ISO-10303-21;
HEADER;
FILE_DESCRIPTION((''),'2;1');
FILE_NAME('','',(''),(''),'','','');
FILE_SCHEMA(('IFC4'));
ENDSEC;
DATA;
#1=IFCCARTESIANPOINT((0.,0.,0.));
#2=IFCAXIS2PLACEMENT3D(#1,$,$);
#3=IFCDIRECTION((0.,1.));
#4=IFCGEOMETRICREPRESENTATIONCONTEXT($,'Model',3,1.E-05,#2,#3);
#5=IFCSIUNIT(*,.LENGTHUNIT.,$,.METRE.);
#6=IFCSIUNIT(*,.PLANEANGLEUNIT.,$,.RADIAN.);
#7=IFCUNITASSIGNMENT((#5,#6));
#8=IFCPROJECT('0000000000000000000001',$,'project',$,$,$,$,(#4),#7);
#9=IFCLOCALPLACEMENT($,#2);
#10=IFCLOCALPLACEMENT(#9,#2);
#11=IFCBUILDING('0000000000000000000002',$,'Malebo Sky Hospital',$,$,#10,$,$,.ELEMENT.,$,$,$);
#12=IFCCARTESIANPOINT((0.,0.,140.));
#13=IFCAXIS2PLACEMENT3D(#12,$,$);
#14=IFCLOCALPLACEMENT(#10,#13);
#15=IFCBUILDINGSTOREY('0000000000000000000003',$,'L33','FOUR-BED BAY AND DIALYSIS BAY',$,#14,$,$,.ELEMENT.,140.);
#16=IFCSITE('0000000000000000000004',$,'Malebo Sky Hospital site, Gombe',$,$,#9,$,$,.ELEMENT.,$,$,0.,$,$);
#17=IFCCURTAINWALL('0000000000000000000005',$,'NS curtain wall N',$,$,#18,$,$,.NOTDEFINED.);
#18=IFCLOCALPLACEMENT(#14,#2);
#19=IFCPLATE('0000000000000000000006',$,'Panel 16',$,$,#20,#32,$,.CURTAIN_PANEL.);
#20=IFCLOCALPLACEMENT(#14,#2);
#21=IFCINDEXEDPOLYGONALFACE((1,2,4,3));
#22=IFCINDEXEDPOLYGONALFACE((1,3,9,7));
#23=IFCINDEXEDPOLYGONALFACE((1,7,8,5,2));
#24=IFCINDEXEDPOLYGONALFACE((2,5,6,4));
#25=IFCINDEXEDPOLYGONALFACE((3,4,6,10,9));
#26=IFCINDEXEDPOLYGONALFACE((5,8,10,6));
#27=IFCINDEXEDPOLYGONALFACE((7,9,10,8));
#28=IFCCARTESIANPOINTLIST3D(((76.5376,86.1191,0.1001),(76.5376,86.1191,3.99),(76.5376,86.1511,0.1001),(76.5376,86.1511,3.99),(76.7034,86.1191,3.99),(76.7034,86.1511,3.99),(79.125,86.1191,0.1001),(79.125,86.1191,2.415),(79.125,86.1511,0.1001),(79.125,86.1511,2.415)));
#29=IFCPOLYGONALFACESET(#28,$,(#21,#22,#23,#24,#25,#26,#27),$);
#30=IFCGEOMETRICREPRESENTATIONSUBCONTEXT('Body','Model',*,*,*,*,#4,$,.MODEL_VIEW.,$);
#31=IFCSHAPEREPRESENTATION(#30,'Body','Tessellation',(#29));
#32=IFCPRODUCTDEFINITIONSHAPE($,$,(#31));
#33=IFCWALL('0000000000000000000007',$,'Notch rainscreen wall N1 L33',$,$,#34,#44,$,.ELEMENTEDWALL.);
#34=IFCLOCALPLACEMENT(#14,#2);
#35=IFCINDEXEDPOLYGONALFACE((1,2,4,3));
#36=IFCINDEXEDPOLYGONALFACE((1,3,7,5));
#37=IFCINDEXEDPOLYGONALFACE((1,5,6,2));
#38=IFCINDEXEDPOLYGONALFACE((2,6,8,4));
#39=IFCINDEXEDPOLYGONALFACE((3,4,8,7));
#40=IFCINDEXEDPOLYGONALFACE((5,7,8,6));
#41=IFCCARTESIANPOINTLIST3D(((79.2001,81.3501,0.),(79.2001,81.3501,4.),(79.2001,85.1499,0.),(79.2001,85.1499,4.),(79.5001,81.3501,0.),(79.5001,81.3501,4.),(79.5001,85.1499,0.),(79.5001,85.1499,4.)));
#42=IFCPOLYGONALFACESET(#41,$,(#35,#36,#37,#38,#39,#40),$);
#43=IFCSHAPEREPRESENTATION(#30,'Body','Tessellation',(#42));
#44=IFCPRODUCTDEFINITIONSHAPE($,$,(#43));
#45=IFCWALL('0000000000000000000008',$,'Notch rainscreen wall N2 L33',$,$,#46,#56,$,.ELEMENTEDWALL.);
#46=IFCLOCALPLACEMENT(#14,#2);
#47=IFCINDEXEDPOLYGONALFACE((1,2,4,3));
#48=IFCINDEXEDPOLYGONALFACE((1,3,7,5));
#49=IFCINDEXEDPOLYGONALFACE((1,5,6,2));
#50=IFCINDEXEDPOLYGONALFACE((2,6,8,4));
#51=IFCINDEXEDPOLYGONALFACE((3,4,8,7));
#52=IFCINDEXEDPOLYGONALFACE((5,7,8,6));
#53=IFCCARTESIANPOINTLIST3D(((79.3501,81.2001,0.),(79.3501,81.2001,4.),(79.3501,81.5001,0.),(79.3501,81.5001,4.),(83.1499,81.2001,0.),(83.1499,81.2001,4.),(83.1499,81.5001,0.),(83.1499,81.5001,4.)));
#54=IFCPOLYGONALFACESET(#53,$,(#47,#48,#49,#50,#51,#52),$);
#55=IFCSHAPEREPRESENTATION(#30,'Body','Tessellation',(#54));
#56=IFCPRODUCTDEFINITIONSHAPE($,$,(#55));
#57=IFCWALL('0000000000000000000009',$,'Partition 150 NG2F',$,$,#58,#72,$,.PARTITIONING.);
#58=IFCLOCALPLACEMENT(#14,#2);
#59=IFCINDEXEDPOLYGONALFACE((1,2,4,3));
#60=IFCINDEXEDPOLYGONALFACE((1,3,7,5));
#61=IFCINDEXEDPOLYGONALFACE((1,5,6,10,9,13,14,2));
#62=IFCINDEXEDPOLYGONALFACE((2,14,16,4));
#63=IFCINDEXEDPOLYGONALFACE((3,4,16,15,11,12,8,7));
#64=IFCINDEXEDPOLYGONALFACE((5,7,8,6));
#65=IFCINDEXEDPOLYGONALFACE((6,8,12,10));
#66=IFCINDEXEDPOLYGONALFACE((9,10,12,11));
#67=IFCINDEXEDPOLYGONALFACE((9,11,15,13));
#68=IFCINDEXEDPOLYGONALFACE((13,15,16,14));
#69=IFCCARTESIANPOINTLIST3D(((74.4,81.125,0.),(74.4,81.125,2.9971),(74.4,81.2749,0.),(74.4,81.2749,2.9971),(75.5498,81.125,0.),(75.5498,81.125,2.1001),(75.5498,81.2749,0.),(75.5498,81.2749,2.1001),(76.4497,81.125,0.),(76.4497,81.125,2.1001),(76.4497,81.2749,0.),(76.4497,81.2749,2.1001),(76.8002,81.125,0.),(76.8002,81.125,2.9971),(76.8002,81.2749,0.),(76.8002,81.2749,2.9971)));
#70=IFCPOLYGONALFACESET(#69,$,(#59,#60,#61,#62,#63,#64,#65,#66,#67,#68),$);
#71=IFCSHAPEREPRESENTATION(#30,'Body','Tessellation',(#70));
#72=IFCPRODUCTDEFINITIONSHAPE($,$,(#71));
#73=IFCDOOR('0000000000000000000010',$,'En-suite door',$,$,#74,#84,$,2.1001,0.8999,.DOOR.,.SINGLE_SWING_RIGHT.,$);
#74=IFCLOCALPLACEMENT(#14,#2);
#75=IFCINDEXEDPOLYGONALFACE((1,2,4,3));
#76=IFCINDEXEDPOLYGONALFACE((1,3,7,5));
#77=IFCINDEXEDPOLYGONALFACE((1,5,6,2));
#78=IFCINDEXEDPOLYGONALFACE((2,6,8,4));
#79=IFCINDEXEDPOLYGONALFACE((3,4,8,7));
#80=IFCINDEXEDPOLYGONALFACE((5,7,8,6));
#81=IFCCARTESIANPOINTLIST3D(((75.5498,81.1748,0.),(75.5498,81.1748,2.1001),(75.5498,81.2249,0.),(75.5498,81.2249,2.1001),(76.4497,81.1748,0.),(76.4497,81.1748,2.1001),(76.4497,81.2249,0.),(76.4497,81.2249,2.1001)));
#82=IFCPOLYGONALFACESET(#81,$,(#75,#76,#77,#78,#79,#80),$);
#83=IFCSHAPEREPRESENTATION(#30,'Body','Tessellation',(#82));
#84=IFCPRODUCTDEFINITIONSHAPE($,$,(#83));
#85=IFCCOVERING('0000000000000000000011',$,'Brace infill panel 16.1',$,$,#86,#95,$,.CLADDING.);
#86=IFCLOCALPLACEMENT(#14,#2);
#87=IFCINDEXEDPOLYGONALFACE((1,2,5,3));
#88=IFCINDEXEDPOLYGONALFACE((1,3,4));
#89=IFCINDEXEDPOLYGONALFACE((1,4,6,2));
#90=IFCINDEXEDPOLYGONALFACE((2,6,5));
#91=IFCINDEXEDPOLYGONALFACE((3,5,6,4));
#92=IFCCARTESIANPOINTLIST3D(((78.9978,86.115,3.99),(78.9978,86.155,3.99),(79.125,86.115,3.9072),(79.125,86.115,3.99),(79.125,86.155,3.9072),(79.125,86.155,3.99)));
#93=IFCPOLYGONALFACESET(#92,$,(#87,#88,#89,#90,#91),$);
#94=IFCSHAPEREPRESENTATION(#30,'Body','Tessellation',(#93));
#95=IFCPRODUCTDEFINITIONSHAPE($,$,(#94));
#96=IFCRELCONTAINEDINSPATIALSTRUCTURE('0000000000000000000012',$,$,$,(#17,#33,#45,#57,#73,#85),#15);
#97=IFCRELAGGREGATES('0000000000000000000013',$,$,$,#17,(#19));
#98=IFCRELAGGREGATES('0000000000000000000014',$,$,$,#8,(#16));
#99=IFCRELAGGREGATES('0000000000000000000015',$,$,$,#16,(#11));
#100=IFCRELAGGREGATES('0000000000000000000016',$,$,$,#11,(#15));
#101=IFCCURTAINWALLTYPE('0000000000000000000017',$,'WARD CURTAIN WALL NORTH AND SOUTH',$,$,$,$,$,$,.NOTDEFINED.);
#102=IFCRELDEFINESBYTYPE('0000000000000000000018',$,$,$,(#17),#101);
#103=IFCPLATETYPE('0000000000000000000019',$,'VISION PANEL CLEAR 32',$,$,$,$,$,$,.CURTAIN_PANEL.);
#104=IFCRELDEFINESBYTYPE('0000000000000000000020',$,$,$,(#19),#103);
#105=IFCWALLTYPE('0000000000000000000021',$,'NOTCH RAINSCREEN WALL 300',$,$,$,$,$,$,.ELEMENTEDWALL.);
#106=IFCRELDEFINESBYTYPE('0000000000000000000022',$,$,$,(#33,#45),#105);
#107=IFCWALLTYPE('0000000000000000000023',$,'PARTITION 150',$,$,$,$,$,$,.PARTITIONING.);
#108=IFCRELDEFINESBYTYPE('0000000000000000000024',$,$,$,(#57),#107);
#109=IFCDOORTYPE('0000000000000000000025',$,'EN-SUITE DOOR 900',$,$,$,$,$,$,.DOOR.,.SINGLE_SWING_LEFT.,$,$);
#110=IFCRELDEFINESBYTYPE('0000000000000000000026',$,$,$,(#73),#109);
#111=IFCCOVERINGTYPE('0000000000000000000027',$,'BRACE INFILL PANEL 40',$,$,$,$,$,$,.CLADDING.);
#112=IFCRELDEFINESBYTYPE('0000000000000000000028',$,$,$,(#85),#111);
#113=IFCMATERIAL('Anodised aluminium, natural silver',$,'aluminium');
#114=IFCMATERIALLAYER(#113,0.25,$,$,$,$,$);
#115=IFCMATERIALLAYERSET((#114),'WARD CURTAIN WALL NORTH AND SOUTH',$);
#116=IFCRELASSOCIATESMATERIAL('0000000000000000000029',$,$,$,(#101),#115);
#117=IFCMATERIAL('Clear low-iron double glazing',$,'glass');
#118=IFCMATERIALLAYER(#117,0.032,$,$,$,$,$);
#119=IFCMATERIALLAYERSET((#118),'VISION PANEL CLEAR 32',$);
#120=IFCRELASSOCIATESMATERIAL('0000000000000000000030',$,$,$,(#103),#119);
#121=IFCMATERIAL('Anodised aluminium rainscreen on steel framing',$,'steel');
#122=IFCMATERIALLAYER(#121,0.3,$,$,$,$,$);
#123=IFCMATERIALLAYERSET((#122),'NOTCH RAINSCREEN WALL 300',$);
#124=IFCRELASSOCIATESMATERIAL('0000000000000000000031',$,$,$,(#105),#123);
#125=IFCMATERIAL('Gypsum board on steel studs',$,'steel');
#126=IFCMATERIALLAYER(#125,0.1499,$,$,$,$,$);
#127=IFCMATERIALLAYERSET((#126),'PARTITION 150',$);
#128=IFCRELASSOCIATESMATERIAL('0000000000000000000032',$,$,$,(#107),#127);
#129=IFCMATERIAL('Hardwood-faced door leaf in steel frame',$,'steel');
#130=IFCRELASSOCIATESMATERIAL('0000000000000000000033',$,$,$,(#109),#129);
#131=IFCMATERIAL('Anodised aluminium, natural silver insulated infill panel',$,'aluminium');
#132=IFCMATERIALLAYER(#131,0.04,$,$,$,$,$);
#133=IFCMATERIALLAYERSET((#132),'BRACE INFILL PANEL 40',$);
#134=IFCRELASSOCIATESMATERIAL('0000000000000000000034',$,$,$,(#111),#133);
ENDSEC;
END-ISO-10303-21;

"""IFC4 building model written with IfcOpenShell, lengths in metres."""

from ifc_helpers import new_model, si_unit, direction, frame, frame_2d, origin, place, context, subcontext, project, spatial, polyline, rectangle, outline, extrude, material, layer, layer_set, type_object, element, fill, aggregate, save


model = new_model("IFC4")

# Units and contexts
model_context = context("Model", 3, precision=1e-05, world=origin(), true_north=direction((0.0, 1.0)))
body_context = subcontext(model_context, "Body", "Model", "MODEL_VIEW")
ifc_project = project(units=[si_unit("LENGTHUNIT", "METRE"), si_unit("PLANEANGLEUNIT", "RADIAN")], contexts=[model_context])

# Site, building, storey
site_placement = place(None, origin())
site = spatial("IfcSite", under=ifc_project, at=site_placement, Name="Malebo Sky Hospital site, Gombe", CompositionType="ELEMENT", RefElevation=0.0)
building_placement = place(site_placement, origin())
building = spatial("IfcBuilding", under=site, at=building_placement, Name="Malebo Sky Hospital", CompositionType="ELEMENT")
storey_placement = place(building_placement, frame((0.0, 0.0, 140.0)))
storey = spatial("IfcBuildingStorey", under=building, at=storey_placement, Name="L33", Description="FOUR-BED BAY AND DIALYSIS BAY", CompositionType="ELEMENT", Elevation=140.0)

# Curtain wall
ifc_material_1 = material(Name="Anodised aluminium, natural silver", Category="aluminium")
ifc_layer_1 = layer(ifc_material_1, 0.25)
ifc_layer_set_1 = layer_set([ifc_layer_1], Name="WARD CURTAIN WALL NORTH AND SOUTH")
curtain_wall_type_1 = type_object("IfcCurtainWallType", Name="WARD CURTAIN WALL NORTH AND SOUTH", PredefinedType="NOTDEFINED", material=ifc_layer_set_1)
curtain_wall_1_placement = place(storey_placement, origin())
curtain_wall_1 = element("IfcCurtainWall", 1, at=curtain_wall_1_placement, inside=storey, type_object=curtain_wall_type_1, Name="NS curtain wall N", PredefinedType="NOTDEFINED")

# Plate
ifc_material_2 = material(Name="Clear low-iron double glazing", Category="glass")
ifc_layer_2 = layer(ifc_material_2, 0.032)
ifc_layer_set_2 = layer_set([ifc_layer_2], Name="VISION PANEL CLEAR 32")
plate_type = type_object("IfcPlateType", Name="VISION PANEL CLEAR 32", PredefinedType="CURTAIN_PANEL", material=ifc_layer_set_2)
plate_1_placement = place(storey_placement, frame((77.8313, 86.135, 0.1001), z_axis=(0.0, 0.0, 1.0), x_axis=(1.0, 0.0, 0.0)))
plate_1 = element("IfcPlate", 2, at=plate_1_placement, type_object=plate_type, Name="Panel 16", PredefinedType="CURTAIN_PANEL", context=body_context, shape_type="SweptSolid", body=[
    extrude(outline(polyline([(-1.2937, 0.0), (1.2937, 0.0), (1.2937, 2.3149), (-1.1279, 3.8899), (-1.2937, 3.8899), (-1.2937, 0.0)])), frame((0.0, 0.0161, 0.0), z_axis=(0.0, -1.0, 0.0), x_axis=(1.0, 0.0, 0.0)), (0.0, 0.0, 1.0), 0.032),
])
aggregate(curtain_wall_1, [plate_1])

# Walls
ifc_material_3 = material(Name="Anodised aluminium rainscreen on steel framing", Category="steel")
ifc_layer_3 = layer(ifc_material_3, 0.3)
ifc_layer_set_3 = layer_set([ifc_layer_3], Name="NOTCH RAINSCREEN WALL 300")
wall_type_1 = type_object("IfcWallType", Name="NOTCH RAINSCREEN WALL 300", PredefinedType="ELEMENTEDWALL", material=ifc_layer_set_3)
for number, where, z_axis, x_axis, name in (
    (3, (79.3501, 85.1499, 0.0), (0.0, 0.0, 1.0), (0.0, -1.0, 0.0), "Notch rainscreen wall N1 L33"),
    (4, (79.3501, 81.3501, 0.0), (0.0, 0.0, 1.0), (1.0, 0.0, 0.0), "Notch rainscreen wall N2 L33"),
):
    element("IfcWall", number, at=place(storey_placement, frame(where, z_axis=z_axis, x_axis=x_axis)), inside=storey, type_object=wall_type_1, Name=name, PredefinedType="ELEMENTEDWALL", context=body_context, shape_type="SweptSolid", body=[
        extrude(rectangle(XDim=3.7998, YDim=0.3, at=frame_2d((1.8999, 0.0))), origin(), (0.0, 0.0, 1.0), 4.0),
    ])

# Wall, opening, door
ifc_material_4 = material(Name="Gypsum board on steel studs", Category="steel")
ifc_layer_4 = layer(ifc_material_4, 0.1499)
ifc_layer_set_4 = layer_set([ifc_layer_4], Name="PARTITION 150")
wall_type_2 = type_object("IfcWallType", Name="PARTITION 150", PredefinedType="PARTITIONING", material=ifc_layer_set_4)
wall_placement = place(storey_placement, frame((74.3999, 81.2, 0.0), z_axis=(0.0, 0.0, 1.0), x_axis=(1.0, 0.0, 0.0)))
wall = element("IfcWall", 5, at=wall_placement, inside=storey, type_object=wall_type_2, Name="Partition 150 NG2F", PredefinedType="PARTITIONING", context=body_context, shape_type="SweptSolid", body=[
    extrude(rectangle(XDim=2.4001, YDim=0.1499, at=frame_2d((1.2002, 0.0))), origin(), (0.0, 0.0, 1.0), 2.9971),
])
opening_placement = place(wall_placement, frame((1.1499, 0.0, 0.0)))
opening = element("IfcOpeningElement", 6, at=opening_placement, cuts=wall, PredefinedType="OPENING", context=body_context, shape_type="SweptSolid", body=[
    extrude(rectangle(XDim=0.8999, YDim=2.1001, at=frame_2d((0.45, 1.05))), frame((0.0, 0.085, 0.0), z_axis=(0.0, -1.0, 0.0), x_axis=(1.0, 0.0, 0.0)), (0.0, 0.0, 1.0), 0.1699),
])
ifc_material_5 = material(Name="Hardwood-faced door leaf in steel frame", Category="steel")
door_type = type_object("IfcDoorType", Name="EN-SUITE DOOR 900", OperationType="SINGLE_SWING_LEFT", PredefinedType="DOOR", material=ifc_material_5)
door_placement = place(opening_placement, origin())
door = element("IfcDoor", 7, at=door_placement, inside=storey, type_object=door_type, Name="En-suite door", OperationType="SINGLE_SWING_RIGHT", OverallHeight=2.1001, OverallWidth=0.8999, PredefinedType="DOOR", context=body_context, shape_type="SweptSolid", body=[
    extrude(rectangle(XDim=0.8999, YDim=2.1001, at=frame_2d((0.45, 1.05))), frame((0.0, 0.0249, 0.0), z_axis=(0.0, -1.0, 0.0), x_axis=(1.0, 0.0, 0.0)), (0.0, 0.0, 1.0), 0.05),
])
fill(opening, door)

# Covering
ifc_material_6 = material(Name="Anodised aluminium, natural silver insulated infill panel", Category="aluminium")
ifc_layer_5 = layer(ifc_material_6, 0.04)
ifc_layer_set_5 = layer_set([ifc_layer_5], Name="BRACE INFILL PANEL 40")
covering_type = type_object("IfcCoveringType", Name="BRACE INFILL PANEL 40", PredefinedType="CLADDING", material=ifc_layer_set_5)
covering_placement = place(storey_placement, frame((79.0615, 86.135, 3.9072), z_axis=(0.0, 0.0, 1.0), x_axis=(1.0, 0.0, 0.0)))
element("IfcCovering", 8, at=covering_placement, inside=storey, type_object=covering_type, Name="Brace infill panel 16.1", PredefinedType="CLADDING", context=body_context, shape_type="SweptSolid", body=[
    extrude(outline(polyline([(0.0635, 0.0), (0.0635, 0.0828), (-0.0637, 0.0828), (0.0635, 0.0)])), frame((0.0, 0.02, 0.0), z_axis=(0.0, -1.0, 0.0), x_axis=(1.0, 0.0, 0.0)), (0.0, 0.0, 1.0), 0.04),
])

save(model, "model.ifc")
